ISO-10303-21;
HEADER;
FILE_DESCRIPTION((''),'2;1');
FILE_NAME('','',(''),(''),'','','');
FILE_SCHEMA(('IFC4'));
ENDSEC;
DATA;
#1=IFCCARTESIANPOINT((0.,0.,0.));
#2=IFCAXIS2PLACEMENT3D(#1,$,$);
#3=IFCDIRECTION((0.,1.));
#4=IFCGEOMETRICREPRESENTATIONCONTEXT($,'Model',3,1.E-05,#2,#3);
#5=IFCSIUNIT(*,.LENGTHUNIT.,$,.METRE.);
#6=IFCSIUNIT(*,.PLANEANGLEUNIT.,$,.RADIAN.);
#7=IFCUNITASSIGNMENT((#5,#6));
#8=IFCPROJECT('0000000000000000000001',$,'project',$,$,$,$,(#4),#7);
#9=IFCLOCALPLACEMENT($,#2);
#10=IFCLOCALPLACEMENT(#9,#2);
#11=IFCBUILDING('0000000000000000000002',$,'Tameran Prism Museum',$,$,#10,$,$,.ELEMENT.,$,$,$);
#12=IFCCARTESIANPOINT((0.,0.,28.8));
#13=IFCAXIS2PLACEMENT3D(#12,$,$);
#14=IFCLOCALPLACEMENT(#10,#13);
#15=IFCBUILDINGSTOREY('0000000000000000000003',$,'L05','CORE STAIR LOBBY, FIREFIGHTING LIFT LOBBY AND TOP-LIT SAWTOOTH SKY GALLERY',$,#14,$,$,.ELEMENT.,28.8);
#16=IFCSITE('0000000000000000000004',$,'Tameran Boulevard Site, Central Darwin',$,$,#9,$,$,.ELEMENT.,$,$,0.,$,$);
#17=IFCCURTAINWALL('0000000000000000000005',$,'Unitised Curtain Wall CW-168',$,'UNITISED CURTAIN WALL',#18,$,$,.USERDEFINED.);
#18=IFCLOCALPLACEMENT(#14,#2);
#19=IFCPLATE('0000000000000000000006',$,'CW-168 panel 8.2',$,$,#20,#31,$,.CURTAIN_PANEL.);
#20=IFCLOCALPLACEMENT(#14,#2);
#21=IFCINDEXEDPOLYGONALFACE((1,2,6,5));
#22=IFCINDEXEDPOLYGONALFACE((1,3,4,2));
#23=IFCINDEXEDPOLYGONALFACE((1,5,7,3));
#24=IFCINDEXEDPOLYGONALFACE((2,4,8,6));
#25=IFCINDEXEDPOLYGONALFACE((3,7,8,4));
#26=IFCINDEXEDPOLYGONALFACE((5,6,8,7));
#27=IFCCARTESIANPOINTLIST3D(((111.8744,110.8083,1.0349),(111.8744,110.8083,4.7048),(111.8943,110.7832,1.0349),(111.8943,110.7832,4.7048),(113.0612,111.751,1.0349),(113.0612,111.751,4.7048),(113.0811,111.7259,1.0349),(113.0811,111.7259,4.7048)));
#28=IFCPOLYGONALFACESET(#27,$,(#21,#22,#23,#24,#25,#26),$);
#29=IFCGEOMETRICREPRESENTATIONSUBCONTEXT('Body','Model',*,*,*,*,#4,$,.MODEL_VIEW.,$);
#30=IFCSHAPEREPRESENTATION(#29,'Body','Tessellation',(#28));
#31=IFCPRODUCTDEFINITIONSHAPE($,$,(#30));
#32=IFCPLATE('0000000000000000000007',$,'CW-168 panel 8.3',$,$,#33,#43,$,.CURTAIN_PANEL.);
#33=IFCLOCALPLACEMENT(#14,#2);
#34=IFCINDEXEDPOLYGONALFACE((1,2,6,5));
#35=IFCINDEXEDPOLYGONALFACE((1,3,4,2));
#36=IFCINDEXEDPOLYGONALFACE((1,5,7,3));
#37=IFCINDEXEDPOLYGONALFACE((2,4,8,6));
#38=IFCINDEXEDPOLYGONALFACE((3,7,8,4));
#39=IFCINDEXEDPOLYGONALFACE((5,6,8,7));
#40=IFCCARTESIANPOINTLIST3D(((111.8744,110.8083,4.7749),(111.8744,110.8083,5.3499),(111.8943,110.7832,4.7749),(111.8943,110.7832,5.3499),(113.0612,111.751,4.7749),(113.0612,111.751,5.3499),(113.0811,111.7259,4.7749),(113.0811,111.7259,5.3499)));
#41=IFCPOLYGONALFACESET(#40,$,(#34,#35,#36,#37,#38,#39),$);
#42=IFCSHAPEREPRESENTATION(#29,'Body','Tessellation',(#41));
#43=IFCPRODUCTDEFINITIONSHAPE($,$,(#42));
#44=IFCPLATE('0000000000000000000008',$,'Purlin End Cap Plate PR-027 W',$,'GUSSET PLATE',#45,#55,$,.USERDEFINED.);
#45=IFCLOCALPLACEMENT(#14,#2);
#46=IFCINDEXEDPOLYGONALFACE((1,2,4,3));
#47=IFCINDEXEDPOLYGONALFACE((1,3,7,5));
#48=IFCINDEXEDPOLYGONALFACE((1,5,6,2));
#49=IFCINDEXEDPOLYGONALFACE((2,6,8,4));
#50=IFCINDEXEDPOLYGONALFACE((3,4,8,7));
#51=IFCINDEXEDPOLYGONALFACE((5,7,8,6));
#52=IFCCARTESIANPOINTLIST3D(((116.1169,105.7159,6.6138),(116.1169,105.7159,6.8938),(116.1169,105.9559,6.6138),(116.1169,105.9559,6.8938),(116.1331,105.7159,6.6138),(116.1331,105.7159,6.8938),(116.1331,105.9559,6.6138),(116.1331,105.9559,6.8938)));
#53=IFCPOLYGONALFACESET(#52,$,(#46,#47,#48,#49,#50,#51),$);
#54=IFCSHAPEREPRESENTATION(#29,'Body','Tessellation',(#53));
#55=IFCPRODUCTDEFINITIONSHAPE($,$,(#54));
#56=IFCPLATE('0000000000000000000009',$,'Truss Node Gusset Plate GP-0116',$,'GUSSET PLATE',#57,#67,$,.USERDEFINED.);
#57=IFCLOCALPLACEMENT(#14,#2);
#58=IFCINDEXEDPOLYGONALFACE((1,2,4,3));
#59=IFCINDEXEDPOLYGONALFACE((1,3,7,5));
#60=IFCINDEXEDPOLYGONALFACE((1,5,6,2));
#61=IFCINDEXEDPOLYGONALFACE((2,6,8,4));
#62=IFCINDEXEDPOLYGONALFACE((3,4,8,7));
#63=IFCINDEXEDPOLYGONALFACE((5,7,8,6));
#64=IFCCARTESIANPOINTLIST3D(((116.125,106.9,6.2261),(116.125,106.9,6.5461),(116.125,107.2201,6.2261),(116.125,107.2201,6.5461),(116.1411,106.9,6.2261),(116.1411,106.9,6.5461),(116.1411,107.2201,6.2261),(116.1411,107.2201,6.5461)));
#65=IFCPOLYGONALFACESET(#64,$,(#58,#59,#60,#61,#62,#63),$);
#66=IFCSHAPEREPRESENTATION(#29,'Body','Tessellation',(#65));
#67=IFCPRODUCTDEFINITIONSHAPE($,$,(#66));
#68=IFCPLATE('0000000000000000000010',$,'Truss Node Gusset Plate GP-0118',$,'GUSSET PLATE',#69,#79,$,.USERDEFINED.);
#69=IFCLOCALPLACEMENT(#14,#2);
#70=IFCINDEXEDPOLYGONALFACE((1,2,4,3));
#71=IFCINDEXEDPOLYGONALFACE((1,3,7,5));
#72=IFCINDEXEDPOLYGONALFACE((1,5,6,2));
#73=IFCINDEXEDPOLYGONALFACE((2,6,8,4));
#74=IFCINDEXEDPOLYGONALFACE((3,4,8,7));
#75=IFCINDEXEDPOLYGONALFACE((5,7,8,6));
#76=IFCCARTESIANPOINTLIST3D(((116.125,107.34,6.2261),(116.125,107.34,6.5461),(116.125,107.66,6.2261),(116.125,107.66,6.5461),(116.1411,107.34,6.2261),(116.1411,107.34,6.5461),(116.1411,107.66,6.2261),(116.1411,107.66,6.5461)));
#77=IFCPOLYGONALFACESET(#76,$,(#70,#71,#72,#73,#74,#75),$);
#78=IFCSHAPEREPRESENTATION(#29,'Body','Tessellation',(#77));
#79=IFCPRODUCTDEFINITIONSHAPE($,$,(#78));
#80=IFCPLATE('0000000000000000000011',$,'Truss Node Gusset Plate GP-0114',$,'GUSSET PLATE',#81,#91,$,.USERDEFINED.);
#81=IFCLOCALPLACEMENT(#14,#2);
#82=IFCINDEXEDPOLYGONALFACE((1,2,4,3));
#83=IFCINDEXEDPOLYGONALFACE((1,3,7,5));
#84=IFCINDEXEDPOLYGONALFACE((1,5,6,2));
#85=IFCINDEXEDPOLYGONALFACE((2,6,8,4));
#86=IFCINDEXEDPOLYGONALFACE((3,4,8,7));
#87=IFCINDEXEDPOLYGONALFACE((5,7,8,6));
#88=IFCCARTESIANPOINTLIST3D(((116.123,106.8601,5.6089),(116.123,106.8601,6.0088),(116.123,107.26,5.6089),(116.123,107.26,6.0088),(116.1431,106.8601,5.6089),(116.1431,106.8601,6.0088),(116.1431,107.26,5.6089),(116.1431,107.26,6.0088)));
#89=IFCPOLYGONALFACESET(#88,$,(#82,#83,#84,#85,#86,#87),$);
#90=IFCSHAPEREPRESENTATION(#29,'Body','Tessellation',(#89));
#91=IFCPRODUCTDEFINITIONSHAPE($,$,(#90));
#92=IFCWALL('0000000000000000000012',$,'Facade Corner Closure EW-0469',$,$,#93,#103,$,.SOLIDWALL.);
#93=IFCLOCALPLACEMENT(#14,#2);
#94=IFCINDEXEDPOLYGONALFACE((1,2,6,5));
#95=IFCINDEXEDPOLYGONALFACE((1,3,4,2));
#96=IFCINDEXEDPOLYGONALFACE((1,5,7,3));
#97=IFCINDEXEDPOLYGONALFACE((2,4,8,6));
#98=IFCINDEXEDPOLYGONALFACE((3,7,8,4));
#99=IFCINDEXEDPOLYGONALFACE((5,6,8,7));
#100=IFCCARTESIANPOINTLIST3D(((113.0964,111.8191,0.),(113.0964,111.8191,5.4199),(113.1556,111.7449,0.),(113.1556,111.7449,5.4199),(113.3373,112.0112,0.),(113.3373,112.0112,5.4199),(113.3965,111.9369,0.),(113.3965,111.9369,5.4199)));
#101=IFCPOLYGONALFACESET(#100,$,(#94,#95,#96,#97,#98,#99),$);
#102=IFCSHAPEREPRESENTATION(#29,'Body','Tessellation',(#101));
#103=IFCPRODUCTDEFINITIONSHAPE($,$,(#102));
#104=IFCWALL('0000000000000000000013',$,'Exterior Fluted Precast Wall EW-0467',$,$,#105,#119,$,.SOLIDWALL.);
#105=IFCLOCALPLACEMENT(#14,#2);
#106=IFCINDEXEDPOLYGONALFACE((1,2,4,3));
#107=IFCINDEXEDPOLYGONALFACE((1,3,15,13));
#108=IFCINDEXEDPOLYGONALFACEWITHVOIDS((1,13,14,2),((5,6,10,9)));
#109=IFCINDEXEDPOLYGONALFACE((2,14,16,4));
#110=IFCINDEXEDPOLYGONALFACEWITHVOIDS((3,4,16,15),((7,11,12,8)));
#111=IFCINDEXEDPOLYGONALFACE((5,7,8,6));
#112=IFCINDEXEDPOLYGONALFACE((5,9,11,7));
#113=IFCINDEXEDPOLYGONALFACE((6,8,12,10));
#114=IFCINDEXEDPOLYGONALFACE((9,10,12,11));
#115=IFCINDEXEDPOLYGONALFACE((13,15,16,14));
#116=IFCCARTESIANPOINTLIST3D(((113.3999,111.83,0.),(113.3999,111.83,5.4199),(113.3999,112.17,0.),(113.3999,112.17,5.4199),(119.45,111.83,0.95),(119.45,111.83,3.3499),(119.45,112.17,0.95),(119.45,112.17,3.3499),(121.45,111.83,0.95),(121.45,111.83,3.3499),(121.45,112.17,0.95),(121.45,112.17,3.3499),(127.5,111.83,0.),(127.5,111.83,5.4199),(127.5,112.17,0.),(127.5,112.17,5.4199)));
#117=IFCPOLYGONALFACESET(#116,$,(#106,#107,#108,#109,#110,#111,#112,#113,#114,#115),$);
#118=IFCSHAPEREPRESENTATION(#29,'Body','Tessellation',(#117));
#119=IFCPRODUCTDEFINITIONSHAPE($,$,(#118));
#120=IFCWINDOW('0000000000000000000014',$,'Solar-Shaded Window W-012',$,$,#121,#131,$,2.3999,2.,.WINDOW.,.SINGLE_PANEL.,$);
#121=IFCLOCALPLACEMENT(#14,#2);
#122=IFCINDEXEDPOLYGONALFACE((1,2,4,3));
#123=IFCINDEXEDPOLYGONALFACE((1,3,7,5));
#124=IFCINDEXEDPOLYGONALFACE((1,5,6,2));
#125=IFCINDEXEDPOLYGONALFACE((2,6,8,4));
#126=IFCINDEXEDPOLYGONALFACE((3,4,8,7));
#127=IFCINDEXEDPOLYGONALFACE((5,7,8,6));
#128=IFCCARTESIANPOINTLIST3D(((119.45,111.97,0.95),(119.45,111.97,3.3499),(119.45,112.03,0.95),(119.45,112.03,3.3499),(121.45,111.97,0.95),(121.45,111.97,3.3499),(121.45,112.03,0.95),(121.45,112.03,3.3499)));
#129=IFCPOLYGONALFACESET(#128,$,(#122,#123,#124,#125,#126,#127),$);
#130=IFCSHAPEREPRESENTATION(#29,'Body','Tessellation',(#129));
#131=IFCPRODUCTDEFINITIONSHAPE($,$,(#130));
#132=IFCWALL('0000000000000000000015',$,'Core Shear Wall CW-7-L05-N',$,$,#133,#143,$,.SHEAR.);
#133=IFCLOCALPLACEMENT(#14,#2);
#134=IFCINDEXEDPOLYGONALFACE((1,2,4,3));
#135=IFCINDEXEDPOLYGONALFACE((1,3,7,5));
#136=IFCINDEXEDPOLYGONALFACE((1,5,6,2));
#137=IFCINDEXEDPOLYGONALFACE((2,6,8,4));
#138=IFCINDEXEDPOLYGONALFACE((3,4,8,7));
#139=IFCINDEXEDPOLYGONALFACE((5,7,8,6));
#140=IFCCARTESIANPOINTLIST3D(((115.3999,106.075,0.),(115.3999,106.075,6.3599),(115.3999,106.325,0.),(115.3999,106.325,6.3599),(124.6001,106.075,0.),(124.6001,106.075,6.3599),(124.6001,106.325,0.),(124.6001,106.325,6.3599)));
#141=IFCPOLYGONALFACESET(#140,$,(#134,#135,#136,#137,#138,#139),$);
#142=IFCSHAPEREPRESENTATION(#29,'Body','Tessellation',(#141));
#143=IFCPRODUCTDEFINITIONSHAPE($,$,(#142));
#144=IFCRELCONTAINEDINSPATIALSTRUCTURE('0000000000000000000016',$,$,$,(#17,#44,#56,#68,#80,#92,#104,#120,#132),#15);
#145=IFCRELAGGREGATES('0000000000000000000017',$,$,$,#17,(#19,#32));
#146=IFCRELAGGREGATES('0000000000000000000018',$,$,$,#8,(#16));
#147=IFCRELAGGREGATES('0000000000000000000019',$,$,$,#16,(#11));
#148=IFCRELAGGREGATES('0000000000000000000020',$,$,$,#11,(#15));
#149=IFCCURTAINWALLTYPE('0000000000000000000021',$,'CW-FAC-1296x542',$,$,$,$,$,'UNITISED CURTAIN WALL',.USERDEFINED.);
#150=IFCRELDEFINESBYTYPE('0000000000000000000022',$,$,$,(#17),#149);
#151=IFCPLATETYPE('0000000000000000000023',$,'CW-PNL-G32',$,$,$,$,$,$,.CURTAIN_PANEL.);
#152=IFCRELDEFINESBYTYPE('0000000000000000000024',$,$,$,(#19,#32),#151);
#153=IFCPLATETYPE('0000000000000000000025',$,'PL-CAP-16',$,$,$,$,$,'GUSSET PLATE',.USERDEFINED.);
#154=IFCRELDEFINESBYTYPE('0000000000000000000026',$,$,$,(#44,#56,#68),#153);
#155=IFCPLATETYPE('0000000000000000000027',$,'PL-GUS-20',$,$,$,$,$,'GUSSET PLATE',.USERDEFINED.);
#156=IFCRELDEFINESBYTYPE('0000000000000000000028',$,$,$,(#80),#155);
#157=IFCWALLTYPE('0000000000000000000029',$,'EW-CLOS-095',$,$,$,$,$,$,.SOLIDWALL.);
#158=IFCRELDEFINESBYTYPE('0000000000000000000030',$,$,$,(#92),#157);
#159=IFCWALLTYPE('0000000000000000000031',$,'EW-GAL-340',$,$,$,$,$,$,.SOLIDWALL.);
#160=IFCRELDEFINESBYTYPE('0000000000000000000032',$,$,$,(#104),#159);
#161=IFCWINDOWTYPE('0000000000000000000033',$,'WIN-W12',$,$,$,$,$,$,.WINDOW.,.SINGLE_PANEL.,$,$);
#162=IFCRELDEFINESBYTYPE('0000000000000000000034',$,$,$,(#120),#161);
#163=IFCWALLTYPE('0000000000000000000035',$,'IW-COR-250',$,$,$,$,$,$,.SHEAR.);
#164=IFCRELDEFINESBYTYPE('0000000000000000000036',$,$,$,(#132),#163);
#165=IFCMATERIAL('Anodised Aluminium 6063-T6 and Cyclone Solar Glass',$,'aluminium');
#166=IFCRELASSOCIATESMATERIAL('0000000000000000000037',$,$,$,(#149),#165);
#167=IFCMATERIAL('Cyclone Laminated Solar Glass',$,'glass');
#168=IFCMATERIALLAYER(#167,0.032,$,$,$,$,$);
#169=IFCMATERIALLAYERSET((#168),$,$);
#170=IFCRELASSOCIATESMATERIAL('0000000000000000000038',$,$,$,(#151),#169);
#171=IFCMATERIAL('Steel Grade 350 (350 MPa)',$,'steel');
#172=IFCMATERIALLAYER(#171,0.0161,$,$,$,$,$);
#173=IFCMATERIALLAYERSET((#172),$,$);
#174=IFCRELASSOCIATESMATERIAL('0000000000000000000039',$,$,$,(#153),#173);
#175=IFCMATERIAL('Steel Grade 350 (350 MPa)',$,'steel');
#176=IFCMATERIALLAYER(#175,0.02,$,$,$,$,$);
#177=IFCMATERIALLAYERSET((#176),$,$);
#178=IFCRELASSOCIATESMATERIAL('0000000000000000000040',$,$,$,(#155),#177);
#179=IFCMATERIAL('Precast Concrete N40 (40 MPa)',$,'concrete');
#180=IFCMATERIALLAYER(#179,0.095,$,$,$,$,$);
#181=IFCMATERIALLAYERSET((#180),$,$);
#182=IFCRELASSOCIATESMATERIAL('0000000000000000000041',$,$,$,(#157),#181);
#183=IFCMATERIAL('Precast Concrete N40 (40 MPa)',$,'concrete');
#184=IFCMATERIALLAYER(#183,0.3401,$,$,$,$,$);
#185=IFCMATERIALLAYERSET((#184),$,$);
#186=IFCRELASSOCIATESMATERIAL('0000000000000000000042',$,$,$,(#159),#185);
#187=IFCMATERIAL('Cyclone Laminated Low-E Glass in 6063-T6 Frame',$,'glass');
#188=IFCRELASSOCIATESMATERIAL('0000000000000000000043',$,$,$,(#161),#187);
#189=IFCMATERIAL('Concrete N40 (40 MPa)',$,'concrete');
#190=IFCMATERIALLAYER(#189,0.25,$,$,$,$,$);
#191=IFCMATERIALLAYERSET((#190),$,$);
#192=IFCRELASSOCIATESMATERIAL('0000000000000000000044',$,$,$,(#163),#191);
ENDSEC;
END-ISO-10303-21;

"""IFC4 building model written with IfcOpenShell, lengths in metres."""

from ifc_helpers import new_model, si_unit, direction, frame, frame_2d, origin, origin_2d, place, context, subcontext, project, spatial, rectangle, extrude, material, layer, layer_set, type_object, element, fill, aggregate, save


model = new_model("IFC4")

# Units and contexts
model_context = context("Model", 3, precision=1e-05, world=origin(), true_north=direction((0.0, 1.0)))
body_context = subcontext(model_context, "Body", "Model", "MODEL_VIEW")
ifc_project = project(units=[si_unit("LENGTHUNIT", "METRE"), si_unit("PLANEANGLEUNIT", "RADIAN")], contexts=[model_context])

# Site, building, storey
site_placement = place(None, origin())
site = spatial("IfcSite", under=ifc_project, at=site_placement, Name="Tameran Boulevard Site, Central Darwin", CompositionType="ELEMENT", RefElevation=0.0)
building_placement = place(site_placement, origin())
building = spatial("IfcBuilding", under=site, at=building_placement, Name="Tameran Prism Museum", CompositionType="ELEMENT")
storey_placement = place(building_placement, frame((0.0, 0.0, 28.8)))
storey = spatial("IfcBuildingStorey", under=building, at=storey_placement, Name="L05", Description="CORE STAIR LOBBY, FIREFIGHTING LIFT LOBBY AND TOP-LIT SAWTOOTH SKY GALLERY", CompositionType="ELEMENT", Elevation=28.8)

# Curtain wall
ifc_material_1 = material(Name="Anodised Aluminium 6063-T6 and Cyclone Solar Glass", Category="aluminium")
curtain_wall_type = type_object("IfcCurtainWallType", Name="CW-FAC-1296x542", ElementType="UNITISED CURTAIN WALL", PredefinedType="USERDEFINED", material=ifc_material_1)
curtain_wall_placement = place(storey_placement, origin())
curtain_wall = element("IfcCurtainWall", 1, at=curtain_wall_placement, inside=storey, type_object=curtain_wall_type, Name="Unitised Curtain Wall CW-168", ObjectType="UNITISED CURTAIN WALL", PredefinedType="USERDEFINED")

# Plates
ifc_material_2 = material(Name="Cyclone Laminated Solar Glass", Category="glass")
ifc_layer_1 = layer(ifc_material_2, 0.032)
ifc_layer_set_1 = layer_set([ifc_layer_1])
plate_type_1 = type_object("IfcPlateType", Name="CW-PNL-G32", PredefinedType="CURTAIN_PANEL", material=ifc_layer_set_1)
plate_1_placement = place(storey_placement, frame((112.4778, 111.2671, 1.0349), z_axis=(0.0, 0.0, 1.0), x_axis=(0.783031, 0.621982, 0.0)))
plate_1 = element("IfcPlate", 2, at=plate_1_placement, type_object=plate_type_1, Name="CW-168 panel 8.2", PredefinedType="CURTAIN_PANEL", context=body_context, shape_type="SweptSolid", body=[
    extrude(rectangle(XDim=1.5156, YDim=0.032, at=origin_2d()), origin(), (0.0, 0.0, 1.0), 3.6699),
])
plate_2_placement = place(storey_placement, frame((112.4778, 111.2671, 4.7749), z_axis=(0.0, 0.0, 1.0), x_axis=(0.783031, 0.621982, 0.0)))
plate_2 = element("IfcPlate", 3, at=plate_2_placement, type_object=plate_type_1, Name="CW-168 panel 8.3", PredefinedType="CURTAIN_PANEL", context=body_context, shape_type="SweptSolid", body=[
    extrude(rectangle(XDim=1.5156, YDim=0.032, at=origin_2d()), origin(), (0.0, 0.0, 1.0), 0.575),
])
aggregate(curtain_wall, [plate_1, plate_2])

# Plates
ifc_material_3 = material(Name="Steel Grade 350 (350 MPa)", Category="steel")
ifc_layer_2 = layer(ifc_material_3, 0.0161)
ifc_layer_set_2 = layer_set([ifc_layer_2])
plate_type_2 = type_object("IfcPlateType", Name="PL-CAP-16", ElementType="GUSSET PLATE", PredefinedType="USERDEFINED", material=ifc_layer_set_2)
plate_3_placement = place(storey_placement, frame((116.125, 105.8359, 6.6138), z_axis=(0.0, 0.0, 1.0), x_axis=(1.0, 0.0, 0.0)))
element("IfcPlate", 4, at=plate_3_placement, inside=storey, type_object=plate_type_2, Name="Purlin End Cap Plate PR-027 W", ObjectType="GUSSET PLATE", PredefinedType="USERDEFINED", context=body_context, shape_type="SweptSolid", body=[
    extrude(rectangle(XDim=0.0161, YDim=0.24, at=origin_2d()), origin(), (0.0, 0.0, 1.0), 0.28),
])
for number, where, z_axis, x_axis, name in (
    (5, (116.1331, 107.0601, 6.2261), (0.0, 0.0, 1.0), (1.0, 0.0, 0.0), "Truss Node Gusset Plate GP-0116"),
    (6, (116.1331, 107.5, 6.2261), (0.0, 0.0, 1.0), (1.0, 0.0, 0.0), "Truss Node Gusset Plate GP-0118"),
):
    element("IfcPlate", number, at=place(storey_placement, frame(where, z_axis=z_axis, x_axis=x_axis)), inside=storey, type_object=plate_type_2, Name=name, ObjectType="GUSSET PLATE", PredefinedType="USERDEFINED", context=body_context, shape_type="SweptSolid", body=[
        extrude(rectangle(XDim=0.0161, YDim=0.3201, at=origin_2d()), origin(), (0.0, 0.0, 1.0), 0.3201),
    ])
ifc_material_4 = material(Name="Steel Grade 350 (350 MPa)", Category="steel")
ifc_layer_3 = layer(ifc_material_4, 0.02)
ifc_layer_set_3 = layer_set([ifc_layer_3])
plate_type_3 = type_object("IfcPlateType", Name="PL-GUS-20", ElementType="GUSSET PLATE", PredefinedType="USERDEFINED", material=ifc_layer_set_3)
plate_4_placement = place(storey_placement, frame((116.1331, 107.0601, 5.6089), z_axis=(0.0, 0.0, 1.0), x_axis=(1.0, 0.0, 0.0)))
element("IfcPlate", 7, at=plate_4_placement, inside=storey, type_object=plate_type_3, Name="Truss Node Gusset Plate GP-0114", ObjectType="GUSSET PLATE", PredefinedType="USERDEFINED", context=body_context, shape_type="SweptSolid", body=[
    extrude(rectangle(XDim=0.02, YDim=0.3999, at=origin_2d()), origin(), (0.0, 0.0, 1.0), 0.3999),
])

# Wall
ifc_material_5 = material(Name="Precast Concrete N40 (40 MPa)", Category="concrete")
ifc_layer_4 = layer(ifc_material_5, 0.095)
ifc_layer_set_4 = layer_set([ifc_layer_4])
wall_type_1 = type_object("IfcWallType", Name="EW-CLOS-095", PredefinedType="SOLIDWALL", material=ifc_layer_set_4)
wall_1_placement = place(storey_placement, frame((113.126, 111.782, 0.0), z_axis=(0.0, 0.0, 1.0), x_axis=(0.781873, 0.623438, 0.0)))
element("IfcWall", 8, at=wall_1_placement, inside=storey, type_object=wall_type_1, Name="Facade Corner Closure EW-0469", PredefinedType="SOLIDWALL", context=body_context, shape_type="SweptSolid", body=[
    extrude(rectangle(XDim=0.3081, YDim=0.095, at=frame_2d((0.1541, 0.0))), origin(), (0.0, 0.0, 1.0), 5.4199),
])

# Wall, opening, window
ifc_material_6 = material(Name="Precast Concrete N40 (40 MPa)", Category="concrete")
ifc_layer_5 = layer(ifc_material_6, 0.3401)
ifc_layer_set_5 = layer_set([ifc_layer_5])
wall_type_2 = type_object("IfcWallType", Name="EW-GAL-340", PredefinedType="SOLIDWALL", material=ifc_layer_set_5)
wall_2_placement = place(storey_placement, frame((113.3999, 112.0, 0.0), z_axis=(0.0, 0.0, 1.0), x_axis=(1.0, 0.0, 0.0)))
wall_2 = element("IfcWall", 9, at=wall_2_placement, inside=storey, type_object=wall_type_2, Name="Exterior Fluted Precast Wall EW-0467", PredefinedType="SOLIDWALL", context=body_context, shape_type="SweptSolid", body=[
    extrude(rectangle(XDim=14.1001, YDim=0.3401, at=frame_2d((7.05, 0.0))), origin(), (0.0, 0.0, 1.0), 5.4199),
])
opening_placement = place(wall_2_placement, frame((6.05, 0.0, 0.95)))
opening = element("IfcOpeningElement", 10, at=opening_placement, cuts=wall_2, PredefinedType="OPENING", context=body_context, shape_type="SweptSolid", body=[
    extrude(rectangle(XDim=2.0, YDim=2.3999, at=frame_2d((1.0, 1.2))), frame((0.0, 0.1799, 0.0), z_axis=(0.0, -1.0, 0.0), x_axis=(1.0, 0.0, 0.0)), (0.0, 0.0, 1.0), 0.3601),
])
ifc_material_7 = material(Name="Cyclone Laminated Low-E Glass in 6063-T6 Frame", Category="glass")
window_type = type_object("IfcWindowType", Name="WIN-W12", PartitioningType="SINGLE_PANEL", PredefinedType="WINDOW", material=ifc_material_7)
window_placement = place(opening_placement, origin())
window = element("IfcWindow", 11, at=window_placement, inside=storey, type_object=window_type, Name="Solar-Shaded Window W-012", OverallHeight=2.3999, OverallWidth=2.0, PartitioningType="SINGLE_PANEL", PredefinedType="WINDOW", context=body_context, shape_type="SweptSolid", body=[
    extrude(rectangle(XDim=2.0, YDim=2.3999, at=frame_2d((1.0, 1.2))), frame((0.0, 0.03, 0.0), z_axis=(0.0, -1.0, 0.0), x_axis=(1.0, 0.0, 0.0)), (0.0, 0.0, 1.0), 0.0601),
])
fill(opening, window)

# Wall
ifc_material_8 = material(Name="Concrete N40 (40 MPa)", Category="concrete")
ifc_layer_6 = layer(ifc_material_8, 0.25)
ifc_layer_set_6 = layer_set([ifc_layer_6])
wall_type_3 = type_object("IfcWallType", Name="IW-COR-250", PredefinedType="SHEAR", material=ifc_layer_set_6)
wall_3_placement = place(storey_placement, frame((115.3999, 106.2, 0.0), z_axis=(0.0, 0.0, 1.0), x_axis=(1.0, 0.0, 0.0)))
element("IfcWall", 12, at=wall_3_placement, inside=storey, type_object=wall_type_3, Name="Core Shear Wall CW-7-L05-N", PredefinedType="SHEAR", context=body_context, shape_type="SweptSolid", body=[
    extrude(rectangle(XDim=9.2002, YDim=0.25, at=frame_2d((4.6001, 0.0))), origin(), (0.0, 0.0, 1.0), 6.3599),
])

save(model, "model.ifc")
